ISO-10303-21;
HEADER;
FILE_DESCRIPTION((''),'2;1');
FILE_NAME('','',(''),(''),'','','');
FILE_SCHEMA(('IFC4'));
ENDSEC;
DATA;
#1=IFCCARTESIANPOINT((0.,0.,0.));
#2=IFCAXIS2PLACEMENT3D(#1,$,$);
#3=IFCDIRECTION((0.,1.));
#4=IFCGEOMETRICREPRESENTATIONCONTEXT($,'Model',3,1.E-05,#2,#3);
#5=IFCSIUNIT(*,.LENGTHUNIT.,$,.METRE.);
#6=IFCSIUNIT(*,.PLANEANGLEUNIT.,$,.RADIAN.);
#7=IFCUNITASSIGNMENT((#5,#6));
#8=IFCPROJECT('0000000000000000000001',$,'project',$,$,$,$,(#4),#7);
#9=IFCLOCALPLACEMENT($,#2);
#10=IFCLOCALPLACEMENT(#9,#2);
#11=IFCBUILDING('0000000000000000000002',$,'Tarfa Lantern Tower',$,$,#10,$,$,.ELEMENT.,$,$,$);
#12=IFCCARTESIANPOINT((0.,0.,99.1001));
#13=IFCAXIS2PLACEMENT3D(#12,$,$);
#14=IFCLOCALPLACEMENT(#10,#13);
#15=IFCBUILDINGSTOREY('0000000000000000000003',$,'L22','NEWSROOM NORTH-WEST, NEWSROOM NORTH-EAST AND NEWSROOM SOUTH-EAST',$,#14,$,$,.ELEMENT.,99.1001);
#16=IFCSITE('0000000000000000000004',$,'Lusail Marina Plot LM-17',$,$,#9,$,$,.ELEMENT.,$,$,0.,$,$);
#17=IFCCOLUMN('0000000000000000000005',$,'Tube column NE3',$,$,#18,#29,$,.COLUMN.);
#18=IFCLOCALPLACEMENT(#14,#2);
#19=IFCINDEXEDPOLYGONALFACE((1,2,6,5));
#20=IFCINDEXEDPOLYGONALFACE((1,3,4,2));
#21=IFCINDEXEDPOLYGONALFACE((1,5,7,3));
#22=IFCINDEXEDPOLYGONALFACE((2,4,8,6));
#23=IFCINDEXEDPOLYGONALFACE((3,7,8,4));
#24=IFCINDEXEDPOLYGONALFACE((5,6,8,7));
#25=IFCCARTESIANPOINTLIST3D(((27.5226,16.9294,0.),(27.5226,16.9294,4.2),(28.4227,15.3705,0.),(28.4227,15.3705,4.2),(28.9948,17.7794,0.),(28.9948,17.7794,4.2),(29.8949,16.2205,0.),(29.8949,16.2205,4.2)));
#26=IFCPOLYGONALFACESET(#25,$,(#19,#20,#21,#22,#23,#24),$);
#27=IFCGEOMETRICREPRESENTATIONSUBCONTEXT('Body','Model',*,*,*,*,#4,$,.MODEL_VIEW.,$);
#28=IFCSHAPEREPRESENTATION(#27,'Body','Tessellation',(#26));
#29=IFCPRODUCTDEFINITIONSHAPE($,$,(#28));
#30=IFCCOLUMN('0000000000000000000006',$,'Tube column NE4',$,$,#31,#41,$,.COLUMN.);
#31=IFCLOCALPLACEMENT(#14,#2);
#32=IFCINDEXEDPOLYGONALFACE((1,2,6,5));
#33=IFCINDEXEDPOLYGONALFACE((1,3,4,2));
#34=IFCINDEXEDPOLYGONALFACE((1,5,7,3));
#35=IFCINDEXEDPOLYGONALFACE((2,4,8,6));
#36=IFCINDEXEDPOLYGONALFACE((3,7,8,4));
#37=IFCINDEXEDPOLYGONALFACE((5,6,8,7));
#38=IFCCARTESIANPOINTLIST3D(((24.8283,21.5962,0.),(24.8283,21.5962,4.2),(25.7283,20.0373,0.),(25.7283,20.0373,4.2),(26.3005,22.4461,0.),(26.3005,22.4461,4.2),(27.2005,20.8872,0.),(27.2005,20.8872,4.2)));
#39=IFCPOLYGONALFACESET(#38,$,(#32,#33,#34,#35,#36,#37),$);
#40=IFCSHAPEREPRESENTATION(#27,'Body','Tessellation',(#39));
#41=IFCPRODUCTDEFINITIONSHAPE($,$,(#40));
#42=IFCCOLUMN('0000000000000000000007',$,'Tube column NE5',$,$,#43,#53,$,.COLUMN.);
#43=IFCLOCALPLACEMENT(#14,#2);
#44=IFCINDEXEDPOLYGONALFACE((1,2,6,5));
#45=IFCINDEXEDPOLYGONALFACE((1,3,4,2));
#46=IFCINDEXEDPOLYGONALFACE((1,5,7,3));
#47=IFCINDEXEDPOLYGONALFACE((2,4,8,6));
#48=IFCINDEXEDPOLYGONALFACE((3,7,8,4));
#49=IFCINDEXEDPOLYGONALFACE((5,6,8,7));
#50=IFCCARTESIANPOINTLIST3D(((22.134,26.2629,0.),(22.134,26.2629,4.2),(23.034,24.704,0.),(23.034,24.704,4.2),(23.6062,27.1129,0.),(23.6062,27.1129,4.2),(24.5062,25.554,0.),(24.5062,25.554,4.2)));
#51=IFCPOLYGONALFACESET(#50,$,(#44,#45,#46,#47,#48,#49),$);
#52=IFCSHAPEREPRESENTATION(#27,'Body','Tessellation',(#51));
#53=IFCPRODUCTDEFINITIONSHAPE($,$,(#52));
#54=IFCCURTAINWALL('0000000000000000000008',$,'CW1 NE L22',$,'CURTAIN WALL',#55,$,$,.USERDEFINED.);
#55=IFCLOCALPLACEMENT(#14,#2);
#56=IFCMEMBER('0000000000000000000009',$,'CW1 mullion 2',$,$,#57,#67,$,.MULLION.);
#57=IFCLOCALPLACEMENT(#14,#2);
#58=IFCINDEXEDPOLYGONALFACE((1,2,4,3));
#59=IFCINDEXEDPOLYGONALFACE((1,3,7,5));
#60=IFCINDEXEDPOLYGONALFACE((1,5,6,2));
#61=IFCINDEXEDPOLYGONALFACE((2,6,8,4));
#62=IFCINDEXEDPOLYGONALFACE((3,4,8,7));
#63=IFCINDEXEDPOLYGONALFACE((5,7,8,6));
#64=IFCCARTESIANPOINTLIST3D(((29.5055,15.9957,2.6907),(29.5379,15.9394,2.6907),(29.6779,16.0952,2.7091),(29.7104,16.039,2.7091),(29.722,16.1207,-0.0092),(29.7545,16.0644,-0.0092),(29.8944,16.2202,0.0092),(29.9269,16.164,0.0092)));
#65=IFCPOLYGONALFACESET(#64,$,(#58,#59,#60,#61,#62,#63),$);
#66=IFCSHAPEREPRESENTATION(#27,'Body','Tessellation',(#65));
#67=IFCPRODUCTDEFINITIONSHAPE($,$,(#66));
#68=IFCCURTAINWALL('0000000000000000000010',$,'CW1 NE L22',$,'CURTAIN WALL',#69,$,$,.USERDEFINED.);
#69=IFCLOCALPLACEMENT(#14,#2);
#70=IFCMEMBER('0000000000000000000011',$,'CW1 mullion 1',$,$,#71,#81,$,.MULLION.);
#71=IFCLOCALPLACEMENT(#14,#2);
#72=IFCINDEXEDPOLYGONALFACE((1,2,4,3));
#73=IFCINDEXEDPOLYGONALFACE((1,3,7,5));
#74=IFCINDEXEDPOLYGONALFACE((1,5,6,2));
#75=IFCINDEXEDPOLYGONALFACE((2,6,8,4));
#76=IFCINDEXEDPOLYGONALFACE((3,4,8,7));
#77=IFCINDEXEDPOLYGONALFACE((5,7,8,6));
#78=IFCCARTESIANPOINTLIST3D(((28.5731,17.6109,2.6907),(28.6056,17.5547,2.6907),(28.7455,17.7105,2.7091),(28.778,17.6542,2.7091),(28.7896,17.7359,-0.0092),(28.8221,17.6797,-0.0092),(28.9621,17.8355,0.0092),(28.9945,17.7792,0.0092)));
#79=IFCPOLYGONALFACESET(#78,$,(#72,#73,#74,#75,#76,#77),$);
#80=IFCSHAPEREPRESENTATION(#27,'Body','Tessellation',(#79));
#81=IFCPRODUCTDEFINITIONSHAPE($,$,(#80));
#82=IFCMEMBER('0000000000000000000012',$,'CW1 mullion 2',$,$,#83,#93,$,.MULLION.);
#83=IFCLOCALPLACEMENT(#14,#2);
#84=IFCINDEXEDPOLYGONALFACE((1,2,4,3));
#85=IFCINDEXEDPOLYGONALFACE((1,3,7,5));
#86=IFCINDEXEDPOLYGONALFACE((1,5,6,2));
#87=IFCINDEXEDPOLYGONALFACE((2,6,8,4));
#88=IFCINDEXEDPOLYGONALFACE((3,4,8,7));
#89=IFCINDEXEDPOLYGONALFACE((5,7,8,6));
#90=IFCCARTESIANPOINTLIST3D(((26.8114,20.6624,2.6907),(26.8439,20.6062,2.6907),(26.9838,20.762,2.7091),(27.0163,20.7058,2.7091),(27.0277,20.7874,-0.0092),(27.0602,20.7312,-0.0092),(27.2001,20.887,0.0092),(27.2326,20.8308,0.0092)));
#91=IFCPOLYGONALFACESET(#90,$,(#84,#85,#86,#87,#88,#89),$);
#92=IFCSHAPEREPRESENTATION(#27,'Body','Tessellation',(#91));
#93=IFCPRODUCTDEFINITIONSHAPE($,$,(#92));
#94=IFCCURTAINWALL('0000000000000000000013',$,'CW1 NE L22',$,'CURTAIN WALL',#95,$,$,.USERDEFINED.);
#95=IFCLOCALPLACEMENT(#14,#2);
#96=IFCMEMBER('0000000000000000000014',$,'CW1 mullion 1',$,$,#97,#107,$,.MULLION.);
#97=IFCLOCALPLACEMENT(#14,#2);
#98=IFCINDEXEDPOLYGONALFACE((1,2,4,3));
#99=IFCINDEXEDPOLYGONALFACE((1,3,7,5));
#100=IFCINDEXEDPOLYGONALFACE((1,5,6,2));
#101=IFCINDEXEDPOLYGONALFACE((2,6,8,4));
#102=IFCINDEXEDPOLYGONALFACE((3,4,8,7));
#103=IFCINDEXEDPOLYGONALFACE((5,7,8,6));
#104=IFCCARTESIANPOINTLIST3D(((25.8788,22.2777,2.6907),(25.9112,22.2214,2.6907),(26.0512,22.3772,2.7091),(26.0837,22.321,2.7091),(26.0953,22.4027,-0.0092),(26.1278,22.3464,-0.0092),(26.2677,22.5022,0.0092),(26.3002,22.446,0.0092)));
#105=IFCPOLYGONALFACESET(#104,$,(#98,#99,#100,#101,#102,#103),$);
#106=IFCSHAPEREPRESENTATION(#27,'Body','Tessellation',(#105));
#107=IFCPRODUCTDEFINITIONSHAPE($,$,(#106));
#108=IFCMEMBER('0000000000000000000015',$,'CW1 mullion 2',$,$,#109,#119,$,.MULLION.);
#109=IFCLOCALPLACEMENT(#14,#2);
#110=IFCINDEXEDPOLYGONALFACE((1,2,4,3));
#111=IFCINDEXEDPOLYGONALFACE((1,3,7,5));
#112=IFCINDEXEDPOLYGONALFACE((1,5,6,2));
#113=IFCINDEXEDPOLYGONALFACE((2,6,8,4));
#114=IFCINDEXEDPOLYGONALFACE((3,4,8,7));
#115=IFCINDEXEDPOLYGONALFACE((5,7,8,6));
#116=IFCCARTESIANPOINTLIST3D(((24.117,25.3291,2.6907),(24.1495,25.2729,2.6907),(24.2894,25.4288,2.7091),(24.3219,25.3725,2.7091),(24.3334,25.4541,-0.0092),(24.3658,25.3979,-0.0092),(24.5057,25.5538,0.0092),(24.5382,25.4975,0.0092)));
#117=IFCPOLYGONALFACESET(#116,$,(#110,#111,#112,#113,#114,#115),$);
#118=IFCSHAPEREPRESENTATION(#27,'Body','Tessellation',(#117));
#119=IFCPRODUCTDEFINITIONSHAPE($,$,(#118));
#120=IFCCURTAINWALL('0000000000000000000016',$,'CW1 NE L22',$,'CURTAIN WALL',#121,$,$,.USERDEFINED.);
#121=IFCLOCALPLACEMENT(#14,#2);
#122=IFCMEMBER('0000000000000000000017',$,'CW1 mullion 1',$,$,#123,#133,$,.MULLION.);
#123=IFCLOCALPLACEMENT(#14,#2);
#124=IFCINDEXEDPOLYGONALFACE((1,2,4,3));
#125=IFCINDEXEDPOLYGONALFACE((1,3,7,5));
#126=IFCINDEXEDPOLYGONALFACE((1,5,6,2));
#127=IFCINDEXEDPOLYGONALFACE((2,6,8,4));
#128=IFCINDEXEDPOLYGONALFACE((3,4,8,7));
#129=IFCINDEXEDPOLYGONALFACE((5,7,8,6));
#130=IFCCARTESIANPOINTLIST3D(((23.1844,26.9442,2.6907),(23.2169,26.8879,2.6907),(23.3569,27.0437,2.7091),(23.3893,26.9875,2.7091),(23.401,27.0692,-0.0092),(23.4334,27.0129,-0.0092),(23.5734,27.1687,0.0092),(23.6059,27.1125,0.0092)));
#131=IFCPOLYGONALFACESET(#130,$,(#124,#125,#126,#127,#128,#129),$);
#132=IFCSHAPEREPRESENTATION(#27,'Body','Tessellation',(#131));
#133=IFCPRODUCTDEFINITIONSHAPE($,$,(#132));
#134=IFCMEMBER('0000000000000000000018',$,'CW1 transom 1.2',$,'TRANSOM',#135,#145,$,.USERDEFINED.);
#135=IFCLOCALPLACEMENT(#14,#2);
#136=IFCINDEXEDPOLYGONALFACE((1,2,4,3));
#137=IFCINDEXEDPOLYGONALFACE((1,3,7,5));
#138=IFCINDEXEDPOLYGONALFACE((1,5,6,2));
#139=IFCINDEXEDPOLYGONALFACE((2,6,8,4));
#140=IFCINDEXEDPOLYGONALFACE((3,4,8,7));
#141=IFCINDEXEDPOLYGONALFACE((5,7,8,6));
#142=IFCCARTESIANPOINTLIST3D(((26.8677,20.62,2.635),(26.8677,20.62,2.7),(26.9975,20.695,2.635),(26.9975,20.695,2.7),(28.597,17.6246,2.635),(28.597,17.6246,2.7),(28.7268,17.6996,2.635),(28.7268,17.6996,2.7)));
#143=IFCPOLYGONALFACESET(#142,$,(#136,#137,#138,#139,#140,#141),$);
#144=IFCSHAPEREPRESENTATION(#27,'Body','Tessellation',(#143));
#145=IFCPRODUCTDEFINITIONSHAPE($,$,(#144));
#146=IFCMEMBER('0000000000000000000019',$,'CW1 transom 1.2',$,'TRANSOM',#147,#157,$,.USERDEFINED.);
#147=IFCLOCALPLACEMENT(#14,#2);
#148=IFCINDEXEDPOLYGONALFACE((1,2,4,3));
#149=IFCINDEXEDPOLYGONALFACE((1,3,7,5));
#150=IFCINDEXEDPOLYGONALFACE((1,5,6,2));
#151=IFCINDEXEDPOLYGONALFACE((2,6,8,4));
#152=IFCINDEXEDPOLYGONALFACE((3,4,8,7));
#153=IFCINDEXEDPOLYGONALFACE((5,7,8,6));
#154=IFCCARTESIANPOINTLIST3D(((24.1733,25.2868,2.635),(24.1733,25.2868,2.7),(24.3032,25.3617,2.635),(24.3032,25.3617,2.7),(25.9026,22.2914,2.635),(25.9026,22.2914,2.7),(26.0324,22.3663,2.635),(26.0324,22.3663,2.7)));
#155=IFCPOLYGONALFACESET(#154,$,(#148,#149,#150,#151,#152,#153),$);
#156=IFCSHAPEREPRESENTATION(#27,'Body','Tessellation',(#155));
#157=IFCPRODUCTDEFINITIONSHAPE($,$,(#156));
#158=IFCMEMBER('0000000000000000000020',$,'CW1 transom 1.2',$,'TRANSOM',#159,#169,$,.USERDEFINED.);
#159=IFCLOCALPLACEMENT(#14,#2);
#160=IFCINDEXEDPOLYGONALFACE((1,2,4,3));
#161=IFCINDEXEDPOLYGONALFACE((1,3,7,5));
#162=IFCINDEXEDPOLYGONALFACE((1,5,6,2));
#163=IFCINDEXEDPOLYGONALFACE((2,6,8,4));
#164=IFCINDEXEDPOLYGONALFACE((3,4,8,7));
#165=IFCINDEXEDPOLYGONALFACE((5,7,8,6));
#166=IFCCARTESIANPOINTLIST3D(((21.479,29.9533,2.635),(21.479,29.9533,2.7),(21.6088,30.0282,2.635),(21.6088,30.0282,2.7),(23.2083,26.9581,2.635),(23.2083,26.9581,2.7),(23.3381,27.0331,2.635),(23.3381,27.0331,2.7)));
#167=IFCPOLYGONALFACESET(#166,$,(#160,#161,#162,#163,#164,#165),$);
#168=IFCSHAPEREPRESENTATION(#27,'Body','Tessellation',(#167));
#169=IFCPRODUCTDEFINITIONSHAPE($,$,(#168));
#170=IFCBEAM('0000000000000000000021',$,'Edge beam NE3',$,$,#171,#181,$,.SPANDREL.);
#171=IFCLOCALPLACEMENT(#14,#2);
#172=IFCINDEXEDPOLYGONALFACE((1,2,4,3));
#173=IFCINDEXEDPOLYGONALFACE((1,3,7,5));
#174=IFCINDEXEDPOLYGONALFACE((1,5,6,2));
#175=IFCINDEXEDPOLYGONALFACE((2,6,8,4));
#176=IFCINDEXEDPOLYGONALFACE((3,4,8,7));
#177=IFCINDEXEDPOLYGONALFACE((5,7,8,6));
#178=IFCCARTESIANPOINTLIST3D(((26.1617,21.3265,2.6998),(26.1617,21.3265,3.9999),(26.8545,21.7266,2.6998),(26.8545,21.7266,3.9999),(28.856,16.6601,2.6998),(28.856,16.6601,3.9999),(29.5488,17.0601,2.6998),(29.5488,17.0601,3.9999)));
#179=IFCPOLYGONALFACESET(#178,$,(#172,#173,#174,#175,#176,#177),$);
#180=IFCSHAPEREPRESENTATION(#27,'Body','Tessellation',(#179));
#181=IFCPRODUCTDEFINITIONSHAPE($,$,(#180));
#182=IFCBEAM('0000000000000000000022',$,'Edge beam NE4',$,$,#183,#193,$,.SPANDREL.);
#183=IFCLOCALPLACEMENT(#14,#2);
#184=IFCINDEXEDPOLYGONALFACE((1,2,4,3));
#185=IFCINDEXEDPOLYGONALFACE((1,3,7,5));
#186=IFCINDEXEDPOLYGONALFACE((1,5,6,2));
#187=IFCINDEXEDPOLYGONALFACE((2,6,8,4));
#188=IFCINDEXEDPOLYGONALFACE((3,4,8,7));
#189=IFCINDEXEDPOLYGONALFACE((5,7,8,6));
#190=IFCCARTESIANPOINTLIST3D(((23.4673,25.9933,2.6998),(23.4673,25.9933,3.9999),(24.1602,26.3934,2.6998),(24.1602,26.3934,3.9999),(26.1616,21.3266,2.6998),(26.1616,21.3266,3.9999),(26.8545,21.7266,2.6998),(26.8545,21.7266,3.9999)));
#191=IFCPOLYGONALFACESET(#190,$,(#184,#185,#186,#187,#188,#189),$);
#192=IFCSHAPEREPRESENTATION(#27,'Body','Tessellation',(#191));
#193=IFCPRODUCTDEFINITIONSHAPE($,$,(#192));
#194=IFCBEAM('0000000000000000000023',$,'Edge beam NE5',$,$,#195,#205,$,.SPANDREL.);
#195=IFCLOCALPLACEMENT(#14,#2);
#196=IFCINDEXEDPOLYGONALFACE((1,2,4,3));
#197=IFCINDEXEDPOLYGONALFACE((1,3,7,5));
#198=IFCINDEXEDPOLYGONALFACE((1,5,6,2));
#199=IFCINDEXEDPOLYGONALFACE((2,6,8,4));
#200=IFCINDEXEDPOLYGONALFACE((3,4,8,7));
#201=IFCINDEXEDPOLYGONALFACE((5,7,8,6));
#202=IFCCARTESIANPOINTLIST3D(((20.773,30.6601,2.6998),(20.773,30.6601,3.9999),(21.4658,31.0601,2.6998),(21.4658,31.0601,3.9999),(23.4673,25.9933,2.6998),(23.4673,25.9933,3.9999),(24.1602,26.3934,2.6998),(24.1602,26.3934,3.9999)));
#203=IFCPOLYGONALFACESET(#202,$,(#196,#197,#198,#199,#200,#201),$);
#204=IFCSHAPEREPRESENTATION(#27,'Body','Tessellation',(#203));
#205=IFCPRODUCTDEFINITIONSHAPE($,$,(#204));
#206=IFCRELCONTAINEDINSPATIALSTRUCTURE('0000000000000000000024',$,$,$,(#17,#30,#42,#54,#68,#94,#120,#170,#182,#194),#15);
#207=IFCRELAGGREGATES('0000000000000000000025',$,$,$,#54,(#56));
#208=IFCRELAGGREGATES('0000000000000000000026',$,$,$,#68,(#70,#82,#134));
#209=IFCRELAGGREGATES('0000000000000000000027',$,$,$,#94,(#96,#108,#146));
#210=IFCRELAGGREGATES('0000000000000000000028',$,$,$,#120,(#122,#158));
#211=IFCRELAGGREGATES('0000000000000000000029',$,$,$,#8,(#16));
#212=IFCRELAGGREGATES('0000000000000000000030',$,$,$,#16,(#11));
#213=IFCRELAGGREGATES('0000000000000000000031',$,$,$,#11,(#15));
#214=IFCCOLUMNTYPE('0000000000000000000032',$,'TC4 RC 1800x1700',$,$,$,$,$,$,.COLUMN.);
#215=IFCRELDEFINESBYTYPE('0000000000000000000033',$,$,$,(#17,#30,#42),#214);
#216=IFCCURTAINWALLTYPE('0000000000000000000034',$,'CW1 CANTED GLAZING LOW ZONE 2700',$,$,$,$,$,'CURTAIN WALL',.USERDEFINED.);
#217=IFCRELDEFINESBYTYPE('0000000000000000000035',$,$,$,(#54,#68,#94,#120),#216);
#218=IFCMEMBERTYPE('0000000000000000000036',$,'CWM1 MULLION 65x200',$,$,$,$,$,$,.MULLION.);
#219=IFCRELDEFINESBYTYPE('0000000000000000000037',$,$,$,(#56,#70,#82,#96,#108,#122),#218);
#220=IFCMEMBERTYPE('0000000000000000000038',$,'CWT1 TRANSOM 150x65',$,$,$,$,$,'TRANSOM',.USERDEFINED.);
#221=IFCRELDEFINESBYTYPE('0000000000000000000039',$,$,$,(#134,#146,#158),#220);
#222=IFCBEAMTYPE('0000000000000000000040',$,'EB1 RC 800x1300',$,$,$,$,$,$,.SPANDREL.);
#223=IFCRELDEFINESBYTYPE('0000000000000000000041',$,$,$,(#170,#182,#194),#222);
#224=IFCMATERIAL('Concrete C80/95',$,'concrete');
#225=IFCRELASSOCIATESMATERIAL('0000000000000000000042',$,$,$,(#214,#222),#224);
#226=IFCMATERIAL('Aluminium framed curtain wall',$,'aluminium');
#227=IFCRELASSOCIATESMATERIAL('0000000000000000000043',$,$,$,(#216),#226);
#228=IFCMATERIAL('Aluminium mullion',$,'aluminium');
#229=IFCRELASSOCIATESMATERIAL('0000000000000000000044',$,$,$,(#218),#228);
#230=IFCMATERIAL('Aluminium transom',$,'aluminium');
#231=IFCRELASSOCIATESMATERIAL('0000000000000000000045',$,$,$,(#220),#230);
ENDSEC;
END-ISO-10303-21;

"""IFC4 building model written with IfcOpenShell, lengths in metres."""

from ifc_helpers import new_model, si_unit, direction, frame, origin, origin_2d, place, context, subcontext, project, spatial, rectangle, extrude, material, material_profile, profile_set, type_object, element, aggregate, save


model = new_model("IFC4")

# Units and contexts
model_context = context("Model", 3, precision=1e-05, world=origin(), true_north=direction((0.0, 1.0)))
body_context = subcontext(model_context, "Body", "Model", "MODEL_VIEW")
ifc_project = project(units=[si_unit("LENGTHUNIT", "METRE"), si_unit("PLANEANGLEUNIT", "RADIAN")], contexts=[model_context])

# Site, building, storey
site_placement = place(None, origin())
site = spatial("IfcSite", under=ifc_project, at=site_placement, Name="Lusail Marina Plot LM-17", CompositionType="ELEMENT", RefElevation=0.0)
building_placement = place(site_placement, origin())
building = spatial("IfcBuilding", under=site, at=building_placement, Name="Tarfa Lantern Tower", CompositionType="ELEMENT")
storey_placement = place(building_placement, frame((0.0, 0.0, 99.1001)))
storey = spatial("IfcBuildingStorey", under=building, at=storey_placement, Name="L22", Description="NEWSROOM NORTH-WEST, NEWSROOM NORTH-EAST AND NEWSROOM SOUTH-EAST", CompositionType="ELEMENT", Elevation=99.1001)

# Columns
ifc_material_1 = material(Name="Concrete C80/95", Category="concrete")
ifc_material_profile_1 = material_profile(ifc_material_1, rectangle(XDim=1.8, YDim=1.7, at=origin_2d()), Name="RC 1800x1700")
ifc_profile_set_1 = profile_set([ifc_material_profile_1], Name="Concrete C80/95")
column_type = type_object("IfcColumnType", Name="TC4 RC 1800x1700", PredefinedType="COLUMN", material=ifc_profile_set_1)
for number, where, z_axis, x_axis, name in (
    (1, (28.7087, 16.575, 0.0), (0.0, 0.0, 1.0), (-0.5, 0.866025, 0.0), "Tube column NE3"),
    (2, (26.0144, 21.2417, 0.0), (0.0, 0.0, 1.0), (-0.5, 0.866025, 0.0), "Tube column NE4"),
    (3, (23.3201, 25.9084, 0.0), (0.0, 0.0, 1.0), (-0.5, 0.866025, 0.0), "Tube column NE5"),
):
    element("IfcColumn", number, at=place(storey_placement, frame(where, z_axis=z_axis, x_axis=x_axis)), inside=storey, type_object=column_type, Name=name, PredefinedType="COLUMN", context=body_context, shape_type="SweptSolid", body=[
        extrude(rectangle(XDim=1.8, YDim=1.7, at=origin_2d()), origin(), (0.0, 0.0, 1.0), 4.2),
    ])

# Curtain wall, member
ifc_material_2 = material(Name="Aluminium framed curtain wall", Category="aluminium")
curtain_wall_type = type_object("IfcCurtainWallType", Name="CW1 CANTED GLAZING LOW ZONE 2700", ElementType="CURTAIN WALL", PredefinedType="USERDEFINED", material=ifc_material_2)
curtain_wall_1_placement = place(storey_placement, origin())
curtain_wall_1 = element("IfcCurtainWall", 4, at=curtain_wall_1_placement, inside=storey, type_object=curtain_wall_type, Name="CW1 NE L22", ObjectType="CURTAIN WALL", PredefinedType="USERDEFINED")
ifc_material_3 = material(Name="Aluminium mullion", Category="aluminium")
ifc_material_profile_2 = material_profile(ifc_material_3, rectangle(XDim=0.0649, YDim=0.2, at=origin_2d()), Name="AL MULLION 65x200")
ifc_profile_set_2 = profile_set([ifc_material_profile_2], Name="Aluminium mullion")
member_type_1 = type_object("IfcMemberType", Name="CWM1 MULLION 65x200", PredefinedType="MULLION", material=ifc_profile_set_2)
member_1_placement = place(storey_placement, frame((29.8245, 16.1423, 0.0), z_axis=(-0.079864, -0.0461, 0.995739), x_axis=(0.49992, -0.866072, 0.0)))
member_1 = element("IfcMember", 5, at=member_1_placement, type_object=member_type_1, Name="CW1 mullion 2", PredefinedType="MULLION", context=body_context, shape_type="SweptSolid", body=[
    extrude(rectangle(XDim=0.0649, YDim=0.2, at=origin_2d()), origin(), (0.0, 0.0, 1.0), 2.7114),
])
aggregate(curtain_wall_1, [member_1])

# Curtain walls, members
curtain_wall_2_placement = place(storey_placement, origin())
curtain_wall_2 = element("IfcCurtainWall", 6, at=curtain_wall_2_placement, inside=storey, type_object=curtain_wall_type, Name="CW1 NE L22", ObjectType="CURTAIN WALL", PredefinedType="USERDEFINED")
member_2_placement = place(storey_placement, frame((28.8921, 17.7576, 0.0), z_axis=(-0.079864, -0.0461, 0.995739), x_axis=(0.49992, -0.866072, 0.0)))
member_2 = element("IfcMember", 7, at=member_2_placement, type_object=member_type_1, Name="CW1 mullion 1", PredefinedType="MULLION", context=body_context, shape_type="SweptSolid", body=[
    extrude(rectangle(XDim=0.0649, YDim=0.2, at=origin_2d()), origin(), (0.0, 0.0, 1.0), 2.7114),
])
member_3_placement = place(storey_placement, frame((27.1301, 20.8091, 0.0), z_axis=(-0.079775, -0.0461, 0.995746), x_axis=(0.500343, -0.865827, 0.0)))
member_3 = element("IfcMember", 8, at=member_3_placement, type_object=member_type_1, Name="CW1 mullion 2", PredefinedType="MULLION", context=body_context, shape_type="SweptSolid", body=[
    extrude(rectangle(XDim=0.0649, YDim=0.2, at=origin_2d()), origin(), (0.0, 0.0, 1.0), 2.7114),
])
curtain_wall_3_placement = place(storey_placement, origin())
curtain_wall_3 = element("IfcCurtainWall", 9, at=curtain_wall_3_placement, inside=storey, type_object=curtain_wall_type, Name="CW1 NE L22", ObjectType="CURTAIN WALL", PredefinedType="USERDEFINED")
member_4_placement = place(storey_placement, frame((26.1978, 22.4243, 0.0), z_axis=(-0.079864, -0.0461, 0.995739), x_axis=(0.49992, -0.866072, 0.0)))
member_4 = element("IfcMember", 10, at=member_4_placement, type_object=member_type_1, Name="CW1 mullion 1", PredefinedType="MULLION", context=body_context, shape_type="SweptSolid", body=[
    extrude(rectangle(XDim=0.0649, YDim=0.2, at=origin_2d()), origin(), (0.0, 0.0, 1.0), 2.7114),
])
member_5_placement = place(storey_placement, frame((24.4358, 25.4758, 0.0), z_axis=(-0.079775, -0.0461, 0.995746), x_axis=(0.500343, -0.865827, 0.0)))
member_5 = element("IfcMember", 11, at=member_5_placement, type_object=member_type_1, Name="CW1 mullion 2", PredefinedType="MULLION", context=body_context, shape_type="SweptSolid", body=[
    extrude(rectangle(XDim=0.0649, YDim=0.2, at=origin_2d()), origin(), (0.0, 0.0, 1.0), 2.7114),
])

# Curtain wall, member
curtain_wall_4_placement = place(storey_placement, origin())
curtain_wall_4 = element("IfcCurtainWall", 12, at=curtain_wall_4_placement, inside=storey, type_object=curtain_wall_type, Name="CW1 NE L22", ObjectType="CURTAIN WALL", PredefinedType="USERDEFINED")
member_6_placement = place(storey_placement, frame((23.5034, 27.0908, 0.0), z_axis=(-0.079864, -0.0461, 0.995739), x_axis=(0.49992, -0.866072, 0.0)))
member_6 = element("IfcMember", 13, at=member_6_placement, type_object=member_type_1, Name="CW1 mullion 1", PredefinedType="MULLION", context=body_context, shape_type="SweptSolid", body=[
    extrude(rectangle(XDim=0.0649, YDim=0.2, at=origin_2d()), origin(), (0.0, 0.0, 1.0), 2.7114),
])

# Members
ifc_material_4 = material(Name="Aluminium transom", Category="aluminium")
ifc_material_profile_3 = material_profile(ifc_material_4, rectangle(XDim=0.1499, YDim=0.0649, at=origin_2d()), Name="AL TRANSOM 150x65")
ifc_profile_set_3 = profile_set([ifc_material_profile_3], Name="Aluminium transom")
member_type_2 = type_object("IfcMemberType", Name="CWT1 TRANSOM 150x65", ElementType="TRANSOM", PredefinedType="USERDEFINED", material=ifc_profile_set_3)
member_7_placement = place(storey_placement, frame((28.6619, 17.6621, 2.6675), z_axis=(-0.499973, 0.866041, 0.0), x_axis=(-0.866041, -0.499973, 0.0)))
member_7 = element("IfcMember", 14, at=member_7_placement, type_object=member_type_2, Name="CW1 transom 1.2", ObjectType="TRANSOM", PredefinedType="USERDEFINED", context=body_context, shape_type="SweptSolid", body=[
    extrude(rectangle(XDim=0.1499, YDim=0.0649, at=origin_2d()), origin(), (0.0, 0.0, 1.0), 3.4587),
])
member_8_placement = place(storey_placement, frame((25.9675, 22.3289, 2.6675), z_axis=(-0.499973, 0.866041, 0.0), x_axis=(-0.866041, -0.499973, 0.0)))
member_8 = element("IfcMember", 15, at=member_8_placement, type_object=member_type_2, Name="CW1 transom 1.2", ObjectType="TRANSOM", PredefinedType="USERDEFINED", context=body_context, shape_type="SweptSolid", body=[
    extrude(rectangle(XDim=0.1499, YDim=0.0649, at=origin_2d()), origin(), (0.0, 0.0, 1.0), 3.4587),
])
member_9_placement = place(storey_placement, frame((23.2732, 26.9956, 2.6675), z_axis=(-0.500004, 0.866023, 0.0), x_axis=(-0.866023, -0.500004, 0.0)))
member_9 = element("IfcMember", 16, at=member_9_placement, type_object=member_type_2, Name="CW1 transom 1.2", ObjectType="TRANSOM", PredefinedType="USERDEFINED", context=body_context, shape_type="SweptSolid", body=[
    extrude(rectangle(XDim=0.1499, YDim=0.0649, at=origin_2d()), origin(), (0.0, 0.0, 1.0), 3.4585),
])

# Beams
ifc_material_profile_4 = material_profile(ifc_material_1, rectangle(XDim=0.8, YDim=1.3, at=origin_2d()), Name="RC 800x1300")
ifc_profile_set_4 = profile_set([ifc_material_profile_4], Name="Concrete C80/95")
beam_type_1 = type_object("IfcBeamType", Name="EB1 RC 800x1300", PredefinedType="SPANDREL", material=ifc_profile_set_4)
beam_1_placement = place(storey_placement, frame((29.2024, 16.8601, 3.3499), z_axis=(-0.500018, 0.866015, 0.0), x_axis=(-0.866015, -0.500018, 0.0)))
element("IfcBeam", 17, at=beam_1_placement, inside=storey, type_object=beam_type_1, Name="Edge beam NE3", PredefinedType="SPANDREL", context=body_context, shape_type="SweptSolid", body=[
    extrude(rectangle(XDim=0.8, YDim=1.3, at=origin_2d()), origin(), (0.0, 0.0, 1.0), 5.3884),
])
for number, where, z_axis, x_axis, name in (
    (18, (26.5081, 21.5266, 3.3499), (-0.499998, 0.866026, 0.0), (-0.866026, -0.499998, 0.0), "Edge beam NE4"),
    (19, (23.8137, 26.1934, 3.3499), (-0.499998, 0.866026, 0.0), (-0.866026, -0.499998, 0.0), "Edge beam NE5"),
):
    element("IfcBeam", number, at=place(storey_placement, frame(where, z_axis=z_axis, x_axis=x_axis)), inside=storey, type_object=beam_type_1, Name=name, PredefinedType="SPANDREL", context=body_context, shape_type="SweptSolid", body=[
        extrude(rectangle(XDim=0.8, YDim=1.3, at=origin_2d()), origin(), (0.0, 0.0, 1.0), 5.3887),
    ])

aggregate(curtain_wall_2, [member_2, member_3, member_7])
aggregate(curtain_wall_3, [member_4, member_5, member_8])
aggregate(curtain_wall_4, [member_6, member_9])

save(model, "model.ifc")
